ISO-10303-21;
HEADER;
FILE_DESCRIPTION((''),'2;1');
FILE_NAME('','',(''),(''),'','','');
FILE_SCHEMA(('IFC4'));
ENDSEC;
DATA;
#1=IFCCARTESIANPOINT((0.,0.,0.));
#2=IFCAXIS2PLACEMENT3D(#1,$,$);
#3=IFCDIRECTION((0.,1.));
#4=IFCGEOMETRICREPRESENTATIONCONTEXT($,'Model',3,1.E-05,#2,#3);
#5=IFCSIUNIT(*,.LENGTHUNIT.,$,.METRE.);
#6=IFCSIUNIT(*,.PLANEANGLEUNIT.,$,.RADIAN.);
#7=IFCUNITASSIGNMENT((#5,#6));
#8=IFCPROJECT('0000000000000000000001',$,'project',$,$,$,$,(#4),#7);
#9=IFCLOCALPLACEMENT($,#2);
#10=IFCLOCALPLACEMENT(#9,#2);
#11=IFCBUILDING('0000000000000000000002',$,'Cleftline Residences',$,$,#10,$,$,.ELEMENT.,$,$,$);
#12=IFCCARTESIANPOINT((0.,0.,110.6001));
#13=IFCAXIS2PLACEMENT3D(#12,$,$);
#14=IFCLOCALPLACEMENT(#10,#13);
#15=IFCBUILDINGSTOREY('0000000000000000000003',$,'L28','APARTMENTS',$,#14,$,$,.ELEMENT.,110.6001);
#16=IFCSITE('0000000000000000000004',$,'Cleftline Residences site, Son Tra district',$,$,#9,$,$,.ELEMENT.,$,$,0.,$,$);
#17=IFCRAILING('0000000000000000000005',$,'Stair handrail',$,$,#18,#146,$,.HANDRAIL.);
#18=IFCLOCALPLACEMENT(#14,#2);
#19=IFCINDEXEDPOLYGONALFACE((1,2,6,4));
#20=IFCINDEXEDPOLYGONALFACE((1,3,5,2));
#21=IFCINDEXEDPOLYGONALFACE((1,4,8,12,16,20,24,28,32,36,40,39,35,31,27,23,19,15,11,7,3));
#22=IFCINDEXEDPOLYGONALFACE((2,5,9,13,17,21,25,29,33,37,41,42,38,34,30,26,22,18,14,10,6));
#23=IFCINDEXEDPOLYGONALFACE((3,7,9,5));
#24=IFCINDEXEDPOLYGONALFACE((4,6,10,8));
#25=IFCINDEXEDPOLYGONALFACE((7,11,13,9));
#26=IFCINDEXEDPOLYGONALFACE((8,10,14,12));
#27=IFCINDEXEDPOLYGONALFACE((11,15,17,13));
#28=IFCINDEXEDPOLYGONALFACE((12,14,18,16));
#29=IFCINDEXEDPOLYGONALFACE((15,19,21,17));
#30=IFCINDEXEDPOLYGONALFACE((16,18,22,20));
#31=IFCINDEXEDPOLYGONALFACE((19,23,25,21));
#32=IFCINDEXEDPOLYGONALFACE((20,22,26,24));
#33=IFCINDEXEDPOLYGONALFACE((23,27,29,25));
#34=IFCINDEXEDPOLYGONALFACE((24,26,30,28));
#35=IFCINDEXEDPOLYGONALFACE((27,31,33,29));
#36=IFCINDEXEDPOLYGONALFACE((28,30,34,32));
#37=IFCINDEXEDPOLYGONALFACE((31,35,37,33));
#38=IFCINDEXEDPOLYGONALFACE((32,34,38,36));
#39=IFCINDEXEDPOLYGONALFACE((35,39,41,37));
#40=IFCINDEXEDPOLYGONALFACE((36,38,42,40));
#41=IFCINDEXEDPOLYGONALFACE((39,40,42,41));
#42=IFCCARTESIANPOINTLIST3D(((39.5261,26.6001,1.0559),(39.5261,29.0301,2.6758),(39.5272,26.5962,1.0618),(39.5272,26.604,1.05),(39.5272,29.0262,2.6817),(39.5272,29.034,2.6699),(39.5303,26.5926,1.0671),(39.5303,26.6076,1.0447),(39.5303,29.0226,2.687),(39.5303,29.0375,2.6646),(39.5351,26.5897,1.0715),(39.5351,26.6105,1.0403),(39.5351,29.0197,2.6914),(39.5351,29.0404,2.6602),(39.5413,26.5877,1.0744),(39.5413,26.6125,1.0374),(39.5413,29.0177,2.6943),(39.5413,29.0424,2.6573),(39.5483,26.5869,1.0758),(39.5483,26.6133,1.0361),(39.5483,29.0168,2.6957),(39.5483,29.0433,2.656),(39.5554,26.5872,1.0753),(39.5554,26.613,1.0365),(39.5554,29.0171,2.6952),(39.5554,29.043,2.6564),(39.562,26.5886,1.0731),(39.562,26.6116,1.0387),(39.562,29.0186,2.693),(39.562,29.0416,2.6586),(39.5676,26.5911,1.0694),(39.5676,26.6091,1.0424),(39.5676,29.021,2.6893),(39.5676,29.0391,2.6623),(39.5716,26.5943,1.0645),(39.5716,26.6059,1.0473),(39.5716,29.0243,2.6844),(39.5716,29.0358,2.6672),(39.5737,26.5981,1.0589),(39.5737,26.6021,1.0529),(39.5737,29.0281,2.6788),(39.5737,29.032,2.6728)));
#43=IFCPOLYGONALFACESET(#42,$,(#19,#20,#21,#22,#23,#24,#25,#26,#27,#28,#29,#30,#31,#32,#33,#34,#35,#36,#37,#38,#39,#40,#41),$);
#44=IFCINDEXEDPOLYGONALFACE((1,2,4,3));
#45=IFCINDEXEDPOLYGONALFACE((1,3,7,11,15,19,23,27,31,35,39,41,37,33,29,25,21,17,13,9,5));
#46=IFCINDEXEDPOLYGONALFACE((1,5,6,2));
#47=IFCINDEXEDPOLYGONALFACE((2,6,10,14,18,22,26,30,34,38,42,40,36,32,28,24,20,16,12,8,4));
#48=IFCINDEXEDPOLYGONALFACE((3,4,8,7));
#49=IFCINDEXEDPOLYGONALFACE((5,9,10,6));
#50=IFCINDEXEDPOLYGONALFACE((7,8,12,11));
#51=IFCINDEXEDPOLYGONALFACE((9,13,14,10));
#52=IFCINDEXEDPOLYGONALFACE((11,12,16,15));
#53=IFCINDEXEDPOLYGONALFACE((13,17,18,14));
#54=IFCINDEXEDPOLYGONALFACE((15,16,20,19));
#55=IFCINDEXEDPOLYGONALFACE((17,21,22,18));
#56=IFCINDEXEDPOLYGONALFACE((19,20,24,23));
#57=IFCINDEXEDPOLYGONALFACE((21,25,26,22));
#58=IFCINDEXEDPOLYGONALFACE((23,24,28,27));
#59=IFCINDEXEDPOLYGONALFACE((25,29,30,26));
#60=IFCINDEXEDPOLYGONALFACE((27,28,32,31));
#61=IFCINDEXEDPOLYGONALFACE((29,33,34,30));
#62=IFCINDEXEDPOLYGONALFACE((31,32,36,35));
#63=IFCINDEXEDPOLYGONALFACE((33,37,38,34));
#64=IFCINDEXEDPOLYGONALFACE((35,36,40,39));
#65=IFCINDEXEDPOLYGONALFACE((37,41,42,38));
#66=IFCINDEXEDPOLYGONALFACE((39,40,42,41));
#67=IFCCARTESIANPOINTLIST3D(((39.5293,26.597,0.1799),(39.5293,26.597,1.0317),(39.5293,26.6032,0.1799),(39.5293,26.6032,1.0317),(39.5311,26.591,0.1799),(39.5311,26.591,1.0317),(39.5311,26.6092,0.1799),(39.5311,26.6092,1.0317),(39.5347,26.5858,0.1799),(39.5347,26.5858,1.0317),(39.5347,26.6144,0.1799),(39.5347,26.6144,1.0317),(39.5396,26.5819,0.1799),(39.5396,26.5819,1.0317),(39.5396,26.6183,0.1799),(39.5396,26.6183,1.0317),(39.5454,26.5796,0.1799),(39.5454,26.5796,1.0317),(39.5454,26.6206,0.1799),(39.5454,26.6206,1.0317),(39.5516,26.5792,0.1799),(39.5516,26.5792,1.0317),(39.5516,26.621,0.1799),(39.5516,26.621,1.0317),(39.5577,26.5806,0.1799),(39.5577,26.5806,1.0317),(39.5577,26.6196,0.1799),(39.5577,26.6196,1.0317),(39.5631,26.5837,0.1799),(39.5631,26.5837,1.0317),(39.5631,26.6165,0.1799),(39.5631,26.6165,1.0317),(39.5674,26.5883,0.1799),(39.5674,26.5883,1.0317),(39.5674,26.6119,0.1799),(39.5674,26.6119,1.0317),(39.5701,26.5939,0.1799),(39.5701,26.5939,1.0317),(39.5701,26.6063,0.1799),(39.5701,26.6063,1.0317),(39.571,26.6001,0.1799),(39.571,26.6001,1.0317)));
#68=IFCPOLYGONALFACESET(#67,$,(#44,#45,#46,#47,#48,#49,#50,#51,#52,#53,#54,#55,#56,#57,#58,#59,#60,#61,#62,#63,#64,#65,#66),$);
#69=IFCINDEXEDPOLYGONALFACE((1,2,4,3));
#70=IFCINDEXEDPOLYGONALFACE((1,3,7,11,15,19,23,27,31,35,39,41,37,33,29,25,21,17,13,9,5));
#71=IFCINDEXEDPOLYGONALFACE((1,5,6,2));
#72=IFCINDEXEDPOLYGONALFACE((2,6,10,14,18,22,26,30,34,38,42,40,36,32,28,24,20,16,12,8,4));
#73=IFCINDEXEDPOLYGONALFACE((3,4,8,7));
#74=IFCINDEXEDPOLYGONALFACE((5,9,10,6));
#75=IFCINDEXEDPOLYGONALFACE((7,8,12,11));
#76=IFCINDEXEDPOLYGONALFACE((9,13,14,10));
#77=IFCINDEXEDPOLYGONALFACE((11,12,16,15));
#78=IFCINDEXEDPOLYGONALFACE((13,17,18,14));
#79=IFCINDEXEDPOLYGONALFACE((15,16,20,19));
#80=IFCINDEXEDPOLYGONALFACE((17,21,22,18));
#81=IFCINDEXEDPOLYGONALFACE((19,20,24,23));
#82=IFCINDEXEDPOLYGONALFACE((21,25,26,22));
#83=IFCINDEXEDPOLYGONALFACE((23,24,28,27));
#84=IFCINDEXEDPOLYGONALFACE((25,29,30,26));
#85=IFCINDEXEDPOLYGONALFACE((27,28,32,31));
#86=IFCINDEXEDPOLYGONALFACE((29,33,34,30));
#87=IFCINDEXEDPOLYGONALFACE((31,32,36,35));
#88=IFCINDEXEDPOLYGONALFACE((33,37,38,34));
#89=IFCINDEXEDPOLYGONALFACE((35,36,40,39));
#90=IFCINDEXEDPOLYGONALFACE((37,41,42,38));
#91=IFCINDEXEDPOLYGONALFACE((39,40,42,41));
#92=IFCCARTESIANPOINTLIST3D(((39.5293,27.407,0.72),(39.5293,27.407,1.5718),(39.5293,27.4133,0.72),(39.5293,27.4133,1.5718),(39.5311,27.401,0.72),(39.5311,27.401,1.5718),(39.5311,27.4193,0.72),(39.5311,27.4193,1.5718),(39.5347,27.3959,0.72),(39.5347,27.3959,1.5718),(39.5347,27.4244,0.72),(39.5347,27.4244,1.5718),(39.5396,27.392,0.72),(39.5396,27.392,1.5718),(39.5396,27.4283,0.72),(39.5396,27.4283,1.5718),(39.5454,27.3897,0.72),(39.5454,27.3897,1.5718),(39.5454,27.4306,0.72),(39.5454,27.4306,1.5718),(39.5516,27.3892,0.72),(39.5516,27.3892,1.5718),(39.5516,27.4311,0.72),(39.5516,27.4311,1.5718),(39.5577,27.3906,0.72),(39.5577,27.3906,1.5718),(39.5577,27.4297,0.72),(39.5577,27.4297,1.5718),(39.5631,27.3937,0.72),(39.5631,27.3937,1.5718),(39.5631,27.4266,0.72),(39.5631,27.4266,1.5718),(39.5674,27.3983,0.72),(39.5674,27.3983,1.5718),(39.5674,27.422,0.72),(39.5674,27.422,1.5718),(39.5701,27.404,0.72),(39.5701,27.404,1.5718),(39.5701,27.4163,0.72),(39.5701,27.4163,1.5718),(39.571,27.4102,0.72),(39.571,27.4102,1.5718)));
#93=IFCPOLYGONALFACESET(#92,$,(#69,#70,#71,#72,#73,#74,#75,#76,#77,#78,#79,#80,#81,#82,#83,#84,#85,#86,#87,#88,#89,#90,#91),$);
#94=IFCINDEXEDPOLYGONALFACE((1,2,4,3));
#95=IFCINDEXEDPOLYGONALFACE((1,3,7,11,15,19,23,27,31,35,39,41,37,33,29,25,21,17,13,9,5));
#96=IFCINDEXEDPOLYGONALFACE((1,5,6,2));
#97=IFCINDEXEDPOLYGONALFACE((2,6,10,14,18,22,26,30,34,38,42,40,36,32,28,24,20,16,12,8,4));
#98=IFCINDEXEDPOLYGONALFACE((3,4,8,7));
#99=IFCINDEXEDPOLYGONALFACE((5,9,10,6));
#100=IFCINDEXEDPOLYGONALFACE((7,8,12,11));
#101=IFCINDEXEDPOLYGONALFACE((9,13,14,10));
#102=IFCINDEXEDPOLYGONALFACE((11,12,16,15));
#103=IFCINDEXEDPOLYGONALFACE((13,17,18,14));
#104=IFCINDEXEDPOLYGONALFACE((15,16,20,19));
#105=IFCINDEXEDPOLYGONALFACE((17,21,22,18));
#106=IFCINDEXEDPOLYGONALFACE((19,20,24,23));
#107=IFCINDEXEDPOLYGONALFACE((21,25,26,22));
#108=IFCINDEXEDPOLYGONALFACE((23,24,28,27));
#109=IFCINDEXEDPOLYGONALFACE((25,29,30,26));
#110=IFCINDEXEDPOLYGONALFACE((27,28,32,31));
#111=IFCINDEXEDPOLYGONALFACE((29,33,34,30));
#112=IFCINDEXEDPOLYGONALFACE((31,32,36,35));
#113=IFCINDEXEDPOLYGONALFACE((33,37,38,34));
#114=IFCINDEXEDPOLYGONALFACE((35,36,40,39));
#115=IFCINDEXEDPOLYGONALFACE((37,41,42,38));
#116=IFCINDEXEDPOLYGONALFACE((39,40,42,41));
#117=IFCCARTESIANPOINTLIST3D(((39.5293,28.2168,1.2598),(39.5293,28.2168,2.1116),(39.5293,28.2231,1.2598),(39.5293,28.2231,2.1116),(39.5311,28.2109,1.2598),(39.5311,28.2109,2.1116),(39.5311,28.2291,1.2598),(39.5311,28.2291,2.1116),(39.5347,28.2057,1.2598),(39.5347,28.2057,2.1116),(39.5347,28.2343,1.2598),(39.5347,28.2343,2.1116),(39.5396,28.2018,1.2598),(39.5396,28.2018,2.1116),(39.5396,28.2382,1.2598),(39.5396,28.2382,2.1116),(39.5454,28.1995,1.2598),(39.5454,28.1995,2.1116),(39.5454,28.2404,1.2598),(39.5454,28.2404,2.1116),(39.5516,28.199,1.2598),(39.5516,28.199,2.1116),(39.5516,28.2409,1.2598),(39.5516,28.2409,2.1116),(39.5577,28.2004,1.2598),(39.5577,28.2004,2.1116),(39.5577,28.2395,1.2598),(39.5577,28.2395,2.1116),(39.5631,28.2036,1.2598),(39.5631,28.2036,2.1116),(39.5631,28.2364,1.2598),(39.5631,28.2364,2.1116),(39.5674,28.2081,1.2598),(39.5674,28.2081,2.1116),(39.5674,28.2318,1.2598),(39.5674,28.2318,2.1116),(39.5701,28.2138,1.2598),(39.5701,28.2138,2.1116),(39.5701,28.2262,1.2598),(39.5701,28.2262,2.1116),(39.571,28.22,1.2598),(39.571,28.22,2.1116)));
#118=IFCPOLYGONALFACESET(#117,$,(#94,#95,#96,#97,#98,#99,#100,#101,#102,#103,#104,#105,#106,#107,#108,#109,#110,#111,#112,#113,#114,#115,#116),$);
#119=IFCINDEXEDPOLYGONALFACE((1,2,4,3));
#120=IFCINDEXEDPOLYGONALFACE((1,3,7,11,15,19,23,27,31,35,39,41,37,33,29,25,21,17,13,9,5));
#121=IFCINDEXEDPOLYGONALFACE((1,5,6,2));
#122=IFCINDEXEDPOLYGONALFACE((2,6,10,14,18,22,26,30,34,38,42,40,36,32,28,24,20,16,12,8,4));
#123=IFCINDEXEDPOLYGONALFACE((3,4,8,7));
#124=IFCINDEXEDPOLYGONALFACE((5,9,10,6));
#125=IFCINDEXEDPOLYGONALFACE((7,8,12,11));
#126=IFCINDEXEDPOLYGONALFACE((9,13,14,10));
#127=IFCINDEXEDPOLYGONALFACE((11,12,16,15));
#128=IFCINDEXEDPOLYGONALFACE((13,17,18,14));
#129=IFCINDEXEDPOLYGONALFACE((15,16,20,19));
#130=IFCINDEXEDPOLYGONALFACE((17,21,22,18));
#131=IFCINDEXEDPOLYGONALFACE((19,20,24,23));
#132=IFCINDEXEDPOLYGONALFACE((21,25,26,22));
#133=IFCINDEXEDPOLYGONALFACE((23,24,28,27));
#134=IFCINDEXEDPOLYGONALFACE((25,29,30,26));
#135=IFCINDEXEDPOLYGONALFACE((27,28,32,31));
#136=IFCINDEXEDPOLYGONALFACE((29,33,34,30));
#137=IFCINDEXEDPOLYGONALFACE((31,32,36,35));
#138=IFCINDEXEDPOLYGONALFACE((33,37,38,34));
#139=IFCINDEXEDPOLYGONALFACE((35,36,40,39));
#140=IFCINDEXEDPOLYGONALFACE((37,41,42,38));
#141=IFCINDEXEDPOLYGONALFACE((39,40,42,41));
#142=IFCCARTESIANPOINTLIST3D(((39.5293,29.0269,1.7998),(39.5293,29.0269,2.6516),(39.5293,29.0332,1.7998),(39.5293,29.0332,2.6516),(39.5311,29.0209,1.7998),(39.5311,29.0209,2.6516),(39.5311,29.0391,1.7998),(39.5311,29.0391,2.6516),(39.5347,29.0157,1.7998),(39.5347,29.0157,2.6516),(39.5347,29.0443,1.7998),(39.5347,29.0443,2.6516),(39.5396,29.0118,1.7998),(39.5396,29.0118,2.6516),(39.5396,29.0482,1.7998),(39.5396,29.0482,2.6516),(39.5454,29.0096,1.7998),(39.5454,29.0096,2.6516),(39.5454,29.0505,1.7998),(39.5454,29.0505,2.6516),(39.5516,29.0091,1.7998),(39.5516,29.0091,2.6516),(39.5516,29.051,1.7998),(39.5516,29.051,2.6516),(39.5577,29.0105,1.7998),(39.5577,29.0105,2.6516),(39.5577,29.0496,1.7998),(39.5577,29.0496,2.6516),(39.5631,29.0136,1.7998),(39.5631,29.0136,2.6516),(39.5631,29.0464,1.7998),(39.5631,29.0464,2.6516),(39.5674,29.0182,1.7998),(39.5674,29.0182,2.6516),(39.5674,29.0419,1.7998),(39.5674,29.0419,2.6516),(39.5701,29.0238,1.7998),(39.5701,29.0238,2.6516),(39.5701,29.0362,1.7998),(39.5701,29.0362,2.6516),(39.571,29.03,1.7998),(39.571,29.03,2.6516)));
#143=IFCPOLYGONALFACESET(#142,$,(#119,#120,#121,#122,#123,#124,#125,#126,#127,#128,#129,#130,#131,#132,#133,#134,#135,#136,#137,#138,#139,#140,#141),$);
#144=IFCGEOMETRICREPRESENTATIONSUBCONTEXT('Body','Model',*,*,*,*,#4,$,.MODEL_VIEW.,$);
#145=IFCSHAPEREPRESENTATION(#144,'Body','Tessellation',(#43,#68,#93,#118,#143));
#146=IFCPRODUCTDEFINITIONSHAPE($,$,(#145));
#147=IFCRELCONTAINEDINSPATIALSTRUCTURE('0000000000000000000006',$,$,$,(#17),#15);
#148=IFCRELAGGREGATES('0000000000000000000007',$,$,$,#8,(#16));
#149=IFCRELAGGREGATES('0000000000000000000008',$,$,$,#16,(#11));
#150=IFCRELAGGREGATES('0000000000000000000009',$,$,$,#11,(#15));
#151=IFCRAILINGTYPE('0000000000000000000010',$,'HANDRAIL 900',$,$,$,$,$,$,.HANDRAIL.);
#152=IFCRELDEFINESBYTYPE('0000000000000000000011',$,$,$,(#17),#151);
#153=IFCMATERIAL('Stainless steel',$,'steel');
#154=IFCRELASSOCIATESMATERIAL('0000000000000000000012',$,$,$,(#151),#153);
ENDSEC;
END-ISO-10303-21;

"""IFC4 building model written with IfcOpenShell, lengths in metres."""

from ifc_helpers import new_model, si_unit, direction, frame, origin, origin_2d, place, context, subcontext, project, spatial, circle, extrude, material, type_object, element, save


model = new_model("IFC4")

# Units and contexts
model_context = context("Model", 3, precision=1e-05, world=origin(), true_north=direction((0.0, 1.0)))
body_context = subcontext(model_context, "Body", "Model", "MODEL_VIEW")
ifc_project = project(units=[si_unit("LENGTHUNIT", "METRE"), si_unit("PLANEANGLEUNIT", "RADIAN")], contexts=[model_context])

# Site, building, storey
site_placement = place(None, origin())
site = spatial("IfcSite", under=ifc_project, at=site_placement, Name="Cleftline Residences site, Son Tra district", CompositionType="ELEMENT", RefElevation=0.0)
building_placement = place(site_placement, origin())
building = spatial("IfcBuilding", under=site, at=building_placement, Name="Cleftline Residences", CompositionType="ELEMENT")
storey_placement = place(building_placement, frame((0.0, 0.0, 110.6001)))
storey = spatial("IfcBuildingStorey", under=building, at=storey_placement, Name="L28", Description="APARTMENTS", CompositionType="ELEMENT", Elevation=110.6001)

# Railing
ifc_material_1 = material(Name="Stainless steel", Category="steel")
railing_type = type_object("IfcRailingType", Name="HANDRAIL 900", PredefinedType="HANDRAIL", material=ifc_material_1)
railing_1_placement = place(storey_placement, frame((39.55, 26.6001, 0.1799)))
element("IfcRailing", 1, at=railing_1_placement, inside=storey, type_object=railing_type, Name="Stair handrail", PredefinedType="HANDRAIL", context=body_context, shape_type="SweptSolid", body=[
    extrude(circle(Radius=0.0239, at=origin_2d()), frame((0.0, 0.0, 0.876), z_axis=(0.0, 0.832063, 0.554681), x_axis=(-1.0, 0.0, 0.0)), (0.0, 0.0, 1.0), 2.9204),
    extrude(circle(Radius=0.021, at=origin_2d()), origin(), (0.0, 0.0, 1.0), 0.8518),
    extrude(circle(Radius=0.021, at=origin_2d()), frame((0.0, 0.8101, 0.54)), (0.0, 0.0, 1.0), 0.8518),
    extrude(circle(Radius=0.021, at=origin_2d()), frame((0.0, 1.6199, 1.0798)), (0.0, 0.0, 1.0), 0.8518),
    extrude(circle(Radius=0.021, at=origin_2d()), frame((0.0, 2.4299, 1.6199)), (0.0, 0.0, 1.0), 0.8518),
])

save(model, "model.ifc")
